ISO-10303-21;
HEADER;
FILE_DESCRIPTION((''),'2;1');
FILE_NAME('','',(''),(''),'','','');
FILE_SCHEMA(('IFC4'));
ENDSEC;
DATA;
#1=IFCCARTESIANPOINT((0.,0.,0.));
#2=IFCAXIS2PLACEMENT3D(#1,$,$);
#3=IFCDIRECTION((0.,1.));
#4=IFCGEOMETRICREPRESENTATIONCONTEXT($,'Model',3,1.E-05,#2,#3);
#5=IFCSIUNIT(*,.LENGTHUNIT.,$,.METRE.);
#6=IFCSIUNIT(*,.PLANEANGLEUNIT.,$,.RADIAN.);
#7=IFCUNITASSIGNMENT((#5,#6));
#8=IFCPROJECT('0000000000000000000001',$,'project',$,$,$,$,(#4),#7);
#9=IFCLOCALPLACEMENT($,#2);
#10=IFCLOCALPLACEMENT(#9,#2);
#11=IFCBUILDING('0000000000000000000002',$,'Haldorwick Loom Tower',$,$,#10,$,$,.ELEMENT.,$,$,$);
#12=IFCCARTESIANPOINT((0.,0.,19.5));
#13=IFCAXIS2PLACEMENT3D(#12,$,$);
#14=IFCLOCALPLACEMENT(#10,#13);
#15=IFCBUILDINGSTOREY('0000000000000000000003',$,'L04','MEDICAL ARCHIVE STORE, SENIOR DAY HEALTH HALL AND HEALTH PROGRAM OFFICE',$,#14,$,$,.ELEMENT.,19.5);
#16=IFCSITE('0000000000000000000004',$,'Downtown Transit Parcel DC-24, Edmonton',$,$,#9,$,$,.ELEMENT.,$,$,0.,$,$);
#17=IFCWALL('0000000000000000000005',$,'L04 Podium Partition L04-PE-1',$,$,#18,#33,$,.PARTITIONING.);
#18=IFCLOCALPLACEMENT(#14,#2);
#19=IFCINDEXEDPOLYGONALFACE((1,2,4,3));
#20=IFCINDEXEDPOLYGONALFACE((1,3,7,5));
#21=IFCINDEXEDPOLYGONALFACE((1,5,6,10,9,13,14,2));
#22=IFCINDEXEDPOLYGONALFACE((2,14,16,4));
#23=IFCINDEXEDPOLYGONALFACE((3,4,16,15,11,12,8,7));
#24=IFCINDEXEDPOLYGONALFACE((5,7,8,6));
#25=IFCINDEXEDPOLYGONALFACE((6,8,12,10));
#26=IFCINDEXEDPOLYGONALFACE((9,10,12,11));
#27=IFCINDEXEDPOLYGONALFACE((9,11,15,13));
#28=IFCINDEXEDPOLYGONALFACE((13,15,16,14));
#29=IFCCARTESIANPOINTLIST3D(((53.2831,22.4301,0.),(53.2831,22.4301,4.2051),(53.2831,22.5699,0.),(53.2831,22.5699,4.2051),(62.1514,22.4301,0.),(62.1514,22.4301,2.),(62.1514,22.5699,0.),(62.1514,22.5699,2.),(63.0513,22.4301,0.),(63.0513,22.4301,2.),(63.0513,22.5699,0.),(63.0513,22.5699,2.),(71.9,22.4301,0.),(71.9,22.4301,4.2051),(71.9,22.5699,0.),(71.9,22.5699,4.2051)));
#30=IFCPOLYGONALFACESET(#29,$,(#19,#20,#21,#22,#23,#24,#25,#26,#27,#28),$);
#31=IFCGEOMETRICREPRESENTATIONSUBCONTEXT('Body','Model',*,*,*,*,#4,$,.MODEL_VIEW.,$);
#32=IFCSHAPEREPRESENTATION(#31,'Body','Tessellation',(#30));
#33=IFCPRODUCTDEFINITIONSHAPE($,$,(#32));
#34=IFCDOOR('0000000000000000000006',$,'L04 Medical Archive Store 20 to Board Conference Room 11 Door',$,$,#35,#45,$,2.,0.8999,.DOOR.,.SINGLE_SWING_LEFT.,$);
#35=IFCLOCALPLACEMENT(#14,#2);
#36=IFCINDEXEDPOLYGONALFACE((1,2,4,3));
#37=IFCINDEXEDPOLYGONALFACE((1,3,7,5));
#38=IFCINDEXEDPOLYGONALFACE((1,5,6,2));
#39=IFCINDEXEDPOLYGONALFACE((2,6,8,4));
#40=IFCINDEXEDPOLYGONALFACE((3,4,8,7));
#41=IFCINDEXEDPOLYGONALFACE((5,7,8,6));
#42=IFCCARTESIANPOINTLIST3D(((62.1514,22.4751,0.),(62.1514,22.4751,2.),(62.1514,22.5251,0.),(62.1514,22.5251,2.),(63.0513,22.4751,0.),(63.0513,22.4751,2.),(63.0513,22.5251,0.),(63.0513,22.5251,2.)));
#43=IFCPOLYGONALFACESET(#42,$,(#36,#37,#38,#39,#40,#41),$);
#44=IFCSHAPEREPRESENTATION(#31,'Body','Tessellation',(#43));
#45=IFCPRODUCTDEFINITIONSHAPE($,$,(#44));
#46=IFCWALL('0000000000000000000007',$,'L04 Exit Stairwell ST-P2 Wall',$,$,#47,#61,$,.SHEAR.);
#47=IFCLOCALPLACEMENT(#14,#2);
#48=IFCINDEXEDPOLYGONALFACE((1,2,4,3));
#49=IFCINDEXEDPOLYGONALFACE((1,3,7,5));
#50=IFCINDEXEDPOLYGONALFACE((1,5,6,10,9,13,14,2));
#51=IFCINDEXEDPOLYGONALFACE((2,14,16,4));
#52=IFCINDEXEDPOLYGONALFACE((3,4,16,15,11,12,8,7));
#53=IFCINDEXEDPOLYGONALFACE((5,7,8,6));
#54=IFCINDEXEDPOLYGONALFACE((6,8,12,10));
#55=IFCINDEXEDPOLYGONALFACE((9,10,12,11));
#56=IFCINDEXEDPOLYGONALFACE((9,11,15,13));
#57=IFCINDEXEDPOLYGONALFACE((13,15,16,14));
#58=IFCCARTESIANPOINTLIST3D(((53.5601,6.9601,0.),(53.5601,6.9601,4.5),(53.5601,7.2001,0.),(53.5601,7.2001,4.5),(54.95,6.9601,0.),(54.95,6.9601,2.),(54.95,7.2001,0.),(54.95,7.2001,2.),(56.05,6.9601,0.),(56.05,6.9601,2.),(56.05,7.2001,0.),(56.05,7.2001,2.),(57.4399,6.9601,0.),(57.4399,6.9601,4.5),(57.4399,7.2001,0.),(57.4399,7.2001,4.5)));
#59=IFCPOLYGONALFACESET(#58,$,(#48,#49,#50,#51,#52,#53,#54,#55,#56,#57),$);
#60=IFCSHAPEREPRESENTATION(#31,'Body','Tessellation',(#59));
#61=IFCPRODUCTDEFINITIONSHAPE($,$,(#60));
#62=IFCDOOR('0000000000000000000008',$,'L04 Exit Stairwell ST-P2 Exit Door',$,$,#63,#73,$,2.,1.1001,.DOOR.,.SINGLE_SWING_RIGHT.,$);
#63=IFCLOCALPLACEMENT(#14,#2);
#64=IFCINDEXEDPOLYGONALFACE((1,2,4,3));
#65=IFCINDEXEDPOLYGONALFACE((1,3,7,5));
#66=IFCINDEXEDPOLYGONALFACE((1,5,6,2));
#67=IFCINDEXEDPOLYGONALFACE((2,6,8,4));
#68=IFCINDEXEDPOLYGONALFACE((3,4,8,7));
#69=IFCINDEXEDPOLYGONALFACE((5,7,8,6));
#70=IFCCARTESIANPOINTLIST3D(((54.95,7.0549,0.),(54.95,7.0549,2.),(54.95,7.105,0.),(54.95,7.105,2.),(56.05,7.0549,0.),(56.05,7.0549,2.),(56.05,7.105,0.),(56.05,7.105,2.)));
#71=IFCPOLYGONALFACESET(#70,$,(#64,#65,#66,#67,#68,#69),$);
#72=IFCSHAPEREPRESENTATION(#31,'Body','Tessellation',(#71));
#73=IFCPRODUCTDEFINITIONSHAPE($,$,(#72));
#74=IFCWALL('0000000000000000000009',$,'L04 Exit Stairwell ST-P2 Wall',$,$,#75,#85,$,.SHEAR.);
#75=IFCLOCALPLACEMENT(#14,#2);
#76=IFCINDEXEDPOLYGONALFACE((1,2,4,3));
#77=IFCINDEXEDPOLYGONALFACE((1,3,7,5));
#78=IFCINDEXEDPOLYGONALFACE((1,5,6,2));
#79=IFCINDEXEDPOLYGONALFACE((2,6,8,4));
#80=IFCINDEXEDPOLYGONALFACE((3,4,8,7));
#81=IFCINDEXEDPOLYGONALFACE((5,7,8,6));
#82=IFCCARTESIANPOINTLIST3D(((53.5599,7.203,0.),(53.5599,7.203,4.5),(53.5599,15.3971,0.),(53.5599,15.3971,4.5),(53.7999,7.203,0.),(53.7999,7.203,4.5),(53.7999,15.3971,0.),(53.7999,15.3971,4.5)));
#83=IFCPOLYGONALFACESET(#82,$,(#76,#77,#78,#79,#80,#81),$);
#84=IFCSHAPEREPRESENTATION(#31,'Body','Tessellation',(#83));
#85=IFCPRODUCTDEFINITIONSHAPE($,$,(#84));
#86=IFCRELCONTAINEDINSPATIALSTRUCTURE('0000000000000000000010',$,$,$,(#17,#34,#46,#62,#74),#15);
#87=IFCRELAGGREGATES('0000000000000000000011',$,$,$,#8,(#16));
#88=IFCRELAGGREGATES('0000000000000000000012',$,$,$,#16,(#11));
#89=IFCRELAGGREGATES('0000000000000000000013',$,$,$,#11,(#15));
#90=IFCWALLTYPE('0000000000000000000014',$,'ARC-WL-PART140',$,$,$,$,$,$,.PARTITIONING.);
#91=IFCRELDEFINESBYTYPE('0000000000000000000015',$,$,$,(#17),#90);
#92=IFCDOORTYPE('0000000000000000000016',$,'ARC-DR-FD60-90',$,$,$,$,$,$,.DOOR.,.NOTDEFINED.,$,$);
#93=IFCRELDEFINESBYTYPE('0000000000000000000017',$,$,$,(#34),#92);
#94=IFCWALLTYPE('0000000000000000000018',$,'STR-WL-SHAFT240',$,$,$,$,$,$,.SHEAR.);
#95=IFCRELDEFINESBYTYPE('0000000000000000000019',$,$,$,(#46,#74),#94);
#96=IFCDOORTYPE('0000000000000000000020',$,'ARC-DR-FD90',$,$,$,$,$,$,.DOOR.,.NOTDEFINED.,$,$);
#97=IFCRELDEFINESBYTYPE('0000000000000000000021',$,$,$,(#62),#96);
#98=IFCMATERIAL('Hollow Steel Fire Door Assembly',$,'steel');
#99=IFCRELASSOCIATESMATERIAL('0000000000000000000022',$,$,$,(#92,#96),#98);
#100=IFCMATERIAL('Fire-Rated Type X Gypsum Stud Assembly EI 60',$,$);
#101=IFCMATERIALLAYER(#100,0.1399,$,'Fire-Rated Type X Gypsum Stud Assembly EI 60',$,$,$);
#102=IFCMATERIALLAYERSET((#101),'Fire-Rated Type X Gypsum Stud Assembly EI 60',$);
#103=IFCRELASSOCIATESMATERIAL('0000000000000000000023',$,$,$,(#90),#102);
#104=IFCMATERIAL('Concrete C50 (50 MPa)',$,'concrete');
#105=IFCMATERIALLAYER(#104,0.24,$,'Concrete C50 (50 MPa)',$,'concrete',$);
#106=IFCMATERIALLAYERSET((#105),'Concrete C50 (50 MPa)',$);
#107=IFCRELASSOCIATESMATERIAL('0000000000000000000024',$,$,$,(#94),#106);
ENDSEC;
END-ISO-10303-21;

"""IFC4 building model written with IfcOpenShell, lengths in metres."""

from ifc_helpers import new_model, si_unit, direction, frame, frame_2d, origin, place, context, subcontext, project, spatial, rectangle, extrude, material, layer, layer_set, type_object, element, fill, save


model = new_model("IFC4")

# Units and contexts
model_context = context("Model", 3, precision=1e-05, world=origin(), true_north=direction((0.0, 1.0)))
body_context = subcontext(model_context, "Body", "Model", "MODEL_VIEW")
ifc_project = project(units=[si_unit("LENGTHUNIT", "METRE"), si_unit("PLANEANGLEUNIT", "RADIAN")], contexts=[model_context])

# Site, building, storey
site_placement = place(None, origin())
site = spatial("IfcSite", under=ifc_project, at=site_placement, Name="Downtown Transit Parcel DC-24, Edmonton", CompositionType="ELEMENT", RefElevation=0.0)
building_placement = place(site_placement, origin())
building = spatial("IfcBuilding", under=site, at=building_placement, Name="Haldorwick Loom Tower", CompositionType="ELEMENT")
storey_placement = place(building_placement, frame((0.0, 0.0, 19.5)))
storey = spatial("IfcBuildingStorey", under=building, at=storey_placement, Name="L04", Description="MEDICAL ARCHIVE STORE, SENIOR DAY HEALTH HALL AND HEALTH PROGRAM OFFICE", CompositionType="ELEMENT", Elevation=19.5)

# Shared definitions
ifc_material_1 = material(Name="Fire-Rated Type X Gypsum Stud Assembly EI 60")
ifc_material_2 = material(Name="Hollow Steel Fire Door Assembly", Category="steel")
door_type_1 = type_object("IfcDoorType", Name="ARC-DR-FD60-90", OperationType="NOTDEFINED", PredefinedType="DOOR", material=ifc_material_2)

# Shared definitions
ifc_layer_1 = layer(ifc_material_1, 0.1399, Name="Fire-Rated Type X Gypsum Stud Assembly EI 60")
ifc_layer_set_1 = layer_set([ifc_layer_1], Name="Fire-Rated Type X Gypsum Stud Assembly EI 60")
wall_type_1 = type_object("IfcWallType", Name="ARC-WL-PART140", PredefinedType="PARTITIONING", material=ifc_layer_set_1)

# Walls, openings, doors
wall_1_placement = place(storey_placement, frame((53.283, 22.5, 0.0), z_axis=(0.0, 0.0, 1.0), x_axis=(1.0, 0.0, 0.0)))
wall_1 = element("IfcWall", 1, at=wall_1_placement, inside=storey, type_object=wall_type_1, Name="L04 Podium Partition L04-PE-1", PredefinedType="PARTITIONING", context=body_context, shape_type="SweptSolid", body=[
    extrude(rectangle(XDim=18.6169, YDim=0.1399, at=frame_2d((9.3086, 0.0))), origin(), (0.0, 0.0, 1.0), 4.2051),
])
opening_1_placement = place(wall_1_placement, frame((8.8684, 0.0, 0.0)))
opening_1 = element("IfcOpeningElement", 2, at=opening_1_placement, cuts=wall_1, PredefinedType="OPENING", context=body_context, shape_type="SweptSolid", body=[
    extrude(rectangle(XDim=0.8999, YDim=2.0, at=frame_2d((0.45, 1.0))), frame((0.0, 0.0798, 0.0), z_axis=(0.0, -1.0, 0.0), x_axis=(1.0, 0.0, 0.0)), (0.0, 0.0, 1.0), 0.1599),
])
door_1_placement = place(opening_1_placement, frame((0.8999, 0.0, 0.0), z_axis=(0.0, 0.0, 1.0), x_axis=(-1.0, 0.0, 0.0)))
door_1 = element("IfcDoor", 3, at=door_1_placement, inside=storey, type_object=door_type_1, Name="L04 Medical Archive Store 20 to Board Conference Room 11 Door", OperationType="SINGLE_SWING_LEFT", OverallHeight=2.0, OverallWidth=0.8999, PredefinedType="DOOR", context=body_context, shape_type="SweptSolid", body=[
    extrude(rectangle(XDim=0.8999, YDim=2.0, at=frame_2d((0.45, 1.0))), frame((0.0, 0.0249, 0.0), z_axis=(0.0, -1.0, 0.0), x_axis=(1.0, 0.0, 0.0)), (0.0, 0.0, 1.0), 0.05),
])
fill(opening_1, door_1)
ifc_material_3 = material(Name="Concrete C50 (50 MPa)", Category="concrete")
ifc_layer_2 = layer(ifc_material_3, 0.24, Name="Concrete C50 (50 MPa)", Category="concrete")
ifc_layer_set_2 = layer_set([ifc_layer_2], Name="Concrete C50 (50 MPa)")
wall_type_2 = type_object("IfcWallType", Name="STR-WL-SHAFT240", PredefinedType="SHEAR", material=ifc_layer_set_2)
wall_2_placement = place(storey_placement, frame((53.5601, 7.0801, 0.0), z_axis=(0.0, 0.0, 1.0), x_axis=(1.0, 0.0, 0.0)))
wall_2 = element("IfcWall", 4, at=wall_2_placement, inside=storey, type_object=wall_type_2, Name="L04 Exit Stairwell ST-P2 Wall", PredefinedType="SHEAR", context=body_context, shape_type="SweptSolid", body=[
    extrude(rectangle(XDim=3.8799, YDim=0.24, at=frame_2d((1.9399, 0.0))), origin(), (0.0, 0.0, 1.0), 4.5),
])
opening_2_placement = place(wall_2_placement, frame((1.3899, 0.0, 0.0)))
opening_2 = element("IfcOpeningElement", 5, at=opening_2_placement, cuts=wall_2, PredefinedType="OPENING", context=body_context, shape_type="SweptSolid", body=[
    extrude(rectangle(XDim=1.1001, YDim=2.0, at=frame_2d((0.55, 1.0))), frame((0.0, 0.1299, 0.0), z_axis=(0.0, -1.0, 0.0), x_axis=(1.0, 0.0, 0.0)), (0.0, 0.0, 1.0), 0.26),
])
door_type_2 = type_object("IfcDoorType", Name="ARC-DR-FD90", OperationType="NOTDEFINED", PredefinedType="DOOR", material=ifc_material_2)
door_2_placement = place(opening_2_placement, origin())
door_2 = element("IfcDoor", 6, at=door_2_placement, inside=storey, type_object=door_type_2, Name="L04 Exit Stairwell ST-P2 Exit Door", OperationType="SINGLE_SWING_RIGHT", OverallHeight=2.0, OverallWidth=1.1001, PredefinedType="DOOR", context=body_context, shape_type="SweptSolid", body=[
    extrude(rectangle(XDim=1.1001, YDim=2.0, at=frame_2d((0.55, 1.0))), frame((0.0, 0.0249, 0.0), z_axis=(0.0, -1.0, 0.0), x_axis=(1.0, 0.0, 0.0)), (0.0, 0.0, 1.0), 0.05),
])
fill(opening_2, door_2)

# Wall
wall_3_placement = place(storey_placement, frame((53.6799, 7.2029, 0.0), z_axis=(0.0, 0.0, 1.0), x_axis=(0.0, 1.0, 0.0)))
element("IfcWall", 7, at=wall_3_placement, inside=storey, type_object=wall_type_2, Name="L04 Exit Stairwell ST-P2 Wall", PredefinedType="SHEAR", context=body_context, shape_type="SweptSolid", body=[
    extrude(rectangle(XDim=8.1941, YDim=0.24, at=frame_2d((4.0972, 0.0))), origin(), (0.0, 0.0, 1.0), 4.5),
])

save(model, "model.ifc")
